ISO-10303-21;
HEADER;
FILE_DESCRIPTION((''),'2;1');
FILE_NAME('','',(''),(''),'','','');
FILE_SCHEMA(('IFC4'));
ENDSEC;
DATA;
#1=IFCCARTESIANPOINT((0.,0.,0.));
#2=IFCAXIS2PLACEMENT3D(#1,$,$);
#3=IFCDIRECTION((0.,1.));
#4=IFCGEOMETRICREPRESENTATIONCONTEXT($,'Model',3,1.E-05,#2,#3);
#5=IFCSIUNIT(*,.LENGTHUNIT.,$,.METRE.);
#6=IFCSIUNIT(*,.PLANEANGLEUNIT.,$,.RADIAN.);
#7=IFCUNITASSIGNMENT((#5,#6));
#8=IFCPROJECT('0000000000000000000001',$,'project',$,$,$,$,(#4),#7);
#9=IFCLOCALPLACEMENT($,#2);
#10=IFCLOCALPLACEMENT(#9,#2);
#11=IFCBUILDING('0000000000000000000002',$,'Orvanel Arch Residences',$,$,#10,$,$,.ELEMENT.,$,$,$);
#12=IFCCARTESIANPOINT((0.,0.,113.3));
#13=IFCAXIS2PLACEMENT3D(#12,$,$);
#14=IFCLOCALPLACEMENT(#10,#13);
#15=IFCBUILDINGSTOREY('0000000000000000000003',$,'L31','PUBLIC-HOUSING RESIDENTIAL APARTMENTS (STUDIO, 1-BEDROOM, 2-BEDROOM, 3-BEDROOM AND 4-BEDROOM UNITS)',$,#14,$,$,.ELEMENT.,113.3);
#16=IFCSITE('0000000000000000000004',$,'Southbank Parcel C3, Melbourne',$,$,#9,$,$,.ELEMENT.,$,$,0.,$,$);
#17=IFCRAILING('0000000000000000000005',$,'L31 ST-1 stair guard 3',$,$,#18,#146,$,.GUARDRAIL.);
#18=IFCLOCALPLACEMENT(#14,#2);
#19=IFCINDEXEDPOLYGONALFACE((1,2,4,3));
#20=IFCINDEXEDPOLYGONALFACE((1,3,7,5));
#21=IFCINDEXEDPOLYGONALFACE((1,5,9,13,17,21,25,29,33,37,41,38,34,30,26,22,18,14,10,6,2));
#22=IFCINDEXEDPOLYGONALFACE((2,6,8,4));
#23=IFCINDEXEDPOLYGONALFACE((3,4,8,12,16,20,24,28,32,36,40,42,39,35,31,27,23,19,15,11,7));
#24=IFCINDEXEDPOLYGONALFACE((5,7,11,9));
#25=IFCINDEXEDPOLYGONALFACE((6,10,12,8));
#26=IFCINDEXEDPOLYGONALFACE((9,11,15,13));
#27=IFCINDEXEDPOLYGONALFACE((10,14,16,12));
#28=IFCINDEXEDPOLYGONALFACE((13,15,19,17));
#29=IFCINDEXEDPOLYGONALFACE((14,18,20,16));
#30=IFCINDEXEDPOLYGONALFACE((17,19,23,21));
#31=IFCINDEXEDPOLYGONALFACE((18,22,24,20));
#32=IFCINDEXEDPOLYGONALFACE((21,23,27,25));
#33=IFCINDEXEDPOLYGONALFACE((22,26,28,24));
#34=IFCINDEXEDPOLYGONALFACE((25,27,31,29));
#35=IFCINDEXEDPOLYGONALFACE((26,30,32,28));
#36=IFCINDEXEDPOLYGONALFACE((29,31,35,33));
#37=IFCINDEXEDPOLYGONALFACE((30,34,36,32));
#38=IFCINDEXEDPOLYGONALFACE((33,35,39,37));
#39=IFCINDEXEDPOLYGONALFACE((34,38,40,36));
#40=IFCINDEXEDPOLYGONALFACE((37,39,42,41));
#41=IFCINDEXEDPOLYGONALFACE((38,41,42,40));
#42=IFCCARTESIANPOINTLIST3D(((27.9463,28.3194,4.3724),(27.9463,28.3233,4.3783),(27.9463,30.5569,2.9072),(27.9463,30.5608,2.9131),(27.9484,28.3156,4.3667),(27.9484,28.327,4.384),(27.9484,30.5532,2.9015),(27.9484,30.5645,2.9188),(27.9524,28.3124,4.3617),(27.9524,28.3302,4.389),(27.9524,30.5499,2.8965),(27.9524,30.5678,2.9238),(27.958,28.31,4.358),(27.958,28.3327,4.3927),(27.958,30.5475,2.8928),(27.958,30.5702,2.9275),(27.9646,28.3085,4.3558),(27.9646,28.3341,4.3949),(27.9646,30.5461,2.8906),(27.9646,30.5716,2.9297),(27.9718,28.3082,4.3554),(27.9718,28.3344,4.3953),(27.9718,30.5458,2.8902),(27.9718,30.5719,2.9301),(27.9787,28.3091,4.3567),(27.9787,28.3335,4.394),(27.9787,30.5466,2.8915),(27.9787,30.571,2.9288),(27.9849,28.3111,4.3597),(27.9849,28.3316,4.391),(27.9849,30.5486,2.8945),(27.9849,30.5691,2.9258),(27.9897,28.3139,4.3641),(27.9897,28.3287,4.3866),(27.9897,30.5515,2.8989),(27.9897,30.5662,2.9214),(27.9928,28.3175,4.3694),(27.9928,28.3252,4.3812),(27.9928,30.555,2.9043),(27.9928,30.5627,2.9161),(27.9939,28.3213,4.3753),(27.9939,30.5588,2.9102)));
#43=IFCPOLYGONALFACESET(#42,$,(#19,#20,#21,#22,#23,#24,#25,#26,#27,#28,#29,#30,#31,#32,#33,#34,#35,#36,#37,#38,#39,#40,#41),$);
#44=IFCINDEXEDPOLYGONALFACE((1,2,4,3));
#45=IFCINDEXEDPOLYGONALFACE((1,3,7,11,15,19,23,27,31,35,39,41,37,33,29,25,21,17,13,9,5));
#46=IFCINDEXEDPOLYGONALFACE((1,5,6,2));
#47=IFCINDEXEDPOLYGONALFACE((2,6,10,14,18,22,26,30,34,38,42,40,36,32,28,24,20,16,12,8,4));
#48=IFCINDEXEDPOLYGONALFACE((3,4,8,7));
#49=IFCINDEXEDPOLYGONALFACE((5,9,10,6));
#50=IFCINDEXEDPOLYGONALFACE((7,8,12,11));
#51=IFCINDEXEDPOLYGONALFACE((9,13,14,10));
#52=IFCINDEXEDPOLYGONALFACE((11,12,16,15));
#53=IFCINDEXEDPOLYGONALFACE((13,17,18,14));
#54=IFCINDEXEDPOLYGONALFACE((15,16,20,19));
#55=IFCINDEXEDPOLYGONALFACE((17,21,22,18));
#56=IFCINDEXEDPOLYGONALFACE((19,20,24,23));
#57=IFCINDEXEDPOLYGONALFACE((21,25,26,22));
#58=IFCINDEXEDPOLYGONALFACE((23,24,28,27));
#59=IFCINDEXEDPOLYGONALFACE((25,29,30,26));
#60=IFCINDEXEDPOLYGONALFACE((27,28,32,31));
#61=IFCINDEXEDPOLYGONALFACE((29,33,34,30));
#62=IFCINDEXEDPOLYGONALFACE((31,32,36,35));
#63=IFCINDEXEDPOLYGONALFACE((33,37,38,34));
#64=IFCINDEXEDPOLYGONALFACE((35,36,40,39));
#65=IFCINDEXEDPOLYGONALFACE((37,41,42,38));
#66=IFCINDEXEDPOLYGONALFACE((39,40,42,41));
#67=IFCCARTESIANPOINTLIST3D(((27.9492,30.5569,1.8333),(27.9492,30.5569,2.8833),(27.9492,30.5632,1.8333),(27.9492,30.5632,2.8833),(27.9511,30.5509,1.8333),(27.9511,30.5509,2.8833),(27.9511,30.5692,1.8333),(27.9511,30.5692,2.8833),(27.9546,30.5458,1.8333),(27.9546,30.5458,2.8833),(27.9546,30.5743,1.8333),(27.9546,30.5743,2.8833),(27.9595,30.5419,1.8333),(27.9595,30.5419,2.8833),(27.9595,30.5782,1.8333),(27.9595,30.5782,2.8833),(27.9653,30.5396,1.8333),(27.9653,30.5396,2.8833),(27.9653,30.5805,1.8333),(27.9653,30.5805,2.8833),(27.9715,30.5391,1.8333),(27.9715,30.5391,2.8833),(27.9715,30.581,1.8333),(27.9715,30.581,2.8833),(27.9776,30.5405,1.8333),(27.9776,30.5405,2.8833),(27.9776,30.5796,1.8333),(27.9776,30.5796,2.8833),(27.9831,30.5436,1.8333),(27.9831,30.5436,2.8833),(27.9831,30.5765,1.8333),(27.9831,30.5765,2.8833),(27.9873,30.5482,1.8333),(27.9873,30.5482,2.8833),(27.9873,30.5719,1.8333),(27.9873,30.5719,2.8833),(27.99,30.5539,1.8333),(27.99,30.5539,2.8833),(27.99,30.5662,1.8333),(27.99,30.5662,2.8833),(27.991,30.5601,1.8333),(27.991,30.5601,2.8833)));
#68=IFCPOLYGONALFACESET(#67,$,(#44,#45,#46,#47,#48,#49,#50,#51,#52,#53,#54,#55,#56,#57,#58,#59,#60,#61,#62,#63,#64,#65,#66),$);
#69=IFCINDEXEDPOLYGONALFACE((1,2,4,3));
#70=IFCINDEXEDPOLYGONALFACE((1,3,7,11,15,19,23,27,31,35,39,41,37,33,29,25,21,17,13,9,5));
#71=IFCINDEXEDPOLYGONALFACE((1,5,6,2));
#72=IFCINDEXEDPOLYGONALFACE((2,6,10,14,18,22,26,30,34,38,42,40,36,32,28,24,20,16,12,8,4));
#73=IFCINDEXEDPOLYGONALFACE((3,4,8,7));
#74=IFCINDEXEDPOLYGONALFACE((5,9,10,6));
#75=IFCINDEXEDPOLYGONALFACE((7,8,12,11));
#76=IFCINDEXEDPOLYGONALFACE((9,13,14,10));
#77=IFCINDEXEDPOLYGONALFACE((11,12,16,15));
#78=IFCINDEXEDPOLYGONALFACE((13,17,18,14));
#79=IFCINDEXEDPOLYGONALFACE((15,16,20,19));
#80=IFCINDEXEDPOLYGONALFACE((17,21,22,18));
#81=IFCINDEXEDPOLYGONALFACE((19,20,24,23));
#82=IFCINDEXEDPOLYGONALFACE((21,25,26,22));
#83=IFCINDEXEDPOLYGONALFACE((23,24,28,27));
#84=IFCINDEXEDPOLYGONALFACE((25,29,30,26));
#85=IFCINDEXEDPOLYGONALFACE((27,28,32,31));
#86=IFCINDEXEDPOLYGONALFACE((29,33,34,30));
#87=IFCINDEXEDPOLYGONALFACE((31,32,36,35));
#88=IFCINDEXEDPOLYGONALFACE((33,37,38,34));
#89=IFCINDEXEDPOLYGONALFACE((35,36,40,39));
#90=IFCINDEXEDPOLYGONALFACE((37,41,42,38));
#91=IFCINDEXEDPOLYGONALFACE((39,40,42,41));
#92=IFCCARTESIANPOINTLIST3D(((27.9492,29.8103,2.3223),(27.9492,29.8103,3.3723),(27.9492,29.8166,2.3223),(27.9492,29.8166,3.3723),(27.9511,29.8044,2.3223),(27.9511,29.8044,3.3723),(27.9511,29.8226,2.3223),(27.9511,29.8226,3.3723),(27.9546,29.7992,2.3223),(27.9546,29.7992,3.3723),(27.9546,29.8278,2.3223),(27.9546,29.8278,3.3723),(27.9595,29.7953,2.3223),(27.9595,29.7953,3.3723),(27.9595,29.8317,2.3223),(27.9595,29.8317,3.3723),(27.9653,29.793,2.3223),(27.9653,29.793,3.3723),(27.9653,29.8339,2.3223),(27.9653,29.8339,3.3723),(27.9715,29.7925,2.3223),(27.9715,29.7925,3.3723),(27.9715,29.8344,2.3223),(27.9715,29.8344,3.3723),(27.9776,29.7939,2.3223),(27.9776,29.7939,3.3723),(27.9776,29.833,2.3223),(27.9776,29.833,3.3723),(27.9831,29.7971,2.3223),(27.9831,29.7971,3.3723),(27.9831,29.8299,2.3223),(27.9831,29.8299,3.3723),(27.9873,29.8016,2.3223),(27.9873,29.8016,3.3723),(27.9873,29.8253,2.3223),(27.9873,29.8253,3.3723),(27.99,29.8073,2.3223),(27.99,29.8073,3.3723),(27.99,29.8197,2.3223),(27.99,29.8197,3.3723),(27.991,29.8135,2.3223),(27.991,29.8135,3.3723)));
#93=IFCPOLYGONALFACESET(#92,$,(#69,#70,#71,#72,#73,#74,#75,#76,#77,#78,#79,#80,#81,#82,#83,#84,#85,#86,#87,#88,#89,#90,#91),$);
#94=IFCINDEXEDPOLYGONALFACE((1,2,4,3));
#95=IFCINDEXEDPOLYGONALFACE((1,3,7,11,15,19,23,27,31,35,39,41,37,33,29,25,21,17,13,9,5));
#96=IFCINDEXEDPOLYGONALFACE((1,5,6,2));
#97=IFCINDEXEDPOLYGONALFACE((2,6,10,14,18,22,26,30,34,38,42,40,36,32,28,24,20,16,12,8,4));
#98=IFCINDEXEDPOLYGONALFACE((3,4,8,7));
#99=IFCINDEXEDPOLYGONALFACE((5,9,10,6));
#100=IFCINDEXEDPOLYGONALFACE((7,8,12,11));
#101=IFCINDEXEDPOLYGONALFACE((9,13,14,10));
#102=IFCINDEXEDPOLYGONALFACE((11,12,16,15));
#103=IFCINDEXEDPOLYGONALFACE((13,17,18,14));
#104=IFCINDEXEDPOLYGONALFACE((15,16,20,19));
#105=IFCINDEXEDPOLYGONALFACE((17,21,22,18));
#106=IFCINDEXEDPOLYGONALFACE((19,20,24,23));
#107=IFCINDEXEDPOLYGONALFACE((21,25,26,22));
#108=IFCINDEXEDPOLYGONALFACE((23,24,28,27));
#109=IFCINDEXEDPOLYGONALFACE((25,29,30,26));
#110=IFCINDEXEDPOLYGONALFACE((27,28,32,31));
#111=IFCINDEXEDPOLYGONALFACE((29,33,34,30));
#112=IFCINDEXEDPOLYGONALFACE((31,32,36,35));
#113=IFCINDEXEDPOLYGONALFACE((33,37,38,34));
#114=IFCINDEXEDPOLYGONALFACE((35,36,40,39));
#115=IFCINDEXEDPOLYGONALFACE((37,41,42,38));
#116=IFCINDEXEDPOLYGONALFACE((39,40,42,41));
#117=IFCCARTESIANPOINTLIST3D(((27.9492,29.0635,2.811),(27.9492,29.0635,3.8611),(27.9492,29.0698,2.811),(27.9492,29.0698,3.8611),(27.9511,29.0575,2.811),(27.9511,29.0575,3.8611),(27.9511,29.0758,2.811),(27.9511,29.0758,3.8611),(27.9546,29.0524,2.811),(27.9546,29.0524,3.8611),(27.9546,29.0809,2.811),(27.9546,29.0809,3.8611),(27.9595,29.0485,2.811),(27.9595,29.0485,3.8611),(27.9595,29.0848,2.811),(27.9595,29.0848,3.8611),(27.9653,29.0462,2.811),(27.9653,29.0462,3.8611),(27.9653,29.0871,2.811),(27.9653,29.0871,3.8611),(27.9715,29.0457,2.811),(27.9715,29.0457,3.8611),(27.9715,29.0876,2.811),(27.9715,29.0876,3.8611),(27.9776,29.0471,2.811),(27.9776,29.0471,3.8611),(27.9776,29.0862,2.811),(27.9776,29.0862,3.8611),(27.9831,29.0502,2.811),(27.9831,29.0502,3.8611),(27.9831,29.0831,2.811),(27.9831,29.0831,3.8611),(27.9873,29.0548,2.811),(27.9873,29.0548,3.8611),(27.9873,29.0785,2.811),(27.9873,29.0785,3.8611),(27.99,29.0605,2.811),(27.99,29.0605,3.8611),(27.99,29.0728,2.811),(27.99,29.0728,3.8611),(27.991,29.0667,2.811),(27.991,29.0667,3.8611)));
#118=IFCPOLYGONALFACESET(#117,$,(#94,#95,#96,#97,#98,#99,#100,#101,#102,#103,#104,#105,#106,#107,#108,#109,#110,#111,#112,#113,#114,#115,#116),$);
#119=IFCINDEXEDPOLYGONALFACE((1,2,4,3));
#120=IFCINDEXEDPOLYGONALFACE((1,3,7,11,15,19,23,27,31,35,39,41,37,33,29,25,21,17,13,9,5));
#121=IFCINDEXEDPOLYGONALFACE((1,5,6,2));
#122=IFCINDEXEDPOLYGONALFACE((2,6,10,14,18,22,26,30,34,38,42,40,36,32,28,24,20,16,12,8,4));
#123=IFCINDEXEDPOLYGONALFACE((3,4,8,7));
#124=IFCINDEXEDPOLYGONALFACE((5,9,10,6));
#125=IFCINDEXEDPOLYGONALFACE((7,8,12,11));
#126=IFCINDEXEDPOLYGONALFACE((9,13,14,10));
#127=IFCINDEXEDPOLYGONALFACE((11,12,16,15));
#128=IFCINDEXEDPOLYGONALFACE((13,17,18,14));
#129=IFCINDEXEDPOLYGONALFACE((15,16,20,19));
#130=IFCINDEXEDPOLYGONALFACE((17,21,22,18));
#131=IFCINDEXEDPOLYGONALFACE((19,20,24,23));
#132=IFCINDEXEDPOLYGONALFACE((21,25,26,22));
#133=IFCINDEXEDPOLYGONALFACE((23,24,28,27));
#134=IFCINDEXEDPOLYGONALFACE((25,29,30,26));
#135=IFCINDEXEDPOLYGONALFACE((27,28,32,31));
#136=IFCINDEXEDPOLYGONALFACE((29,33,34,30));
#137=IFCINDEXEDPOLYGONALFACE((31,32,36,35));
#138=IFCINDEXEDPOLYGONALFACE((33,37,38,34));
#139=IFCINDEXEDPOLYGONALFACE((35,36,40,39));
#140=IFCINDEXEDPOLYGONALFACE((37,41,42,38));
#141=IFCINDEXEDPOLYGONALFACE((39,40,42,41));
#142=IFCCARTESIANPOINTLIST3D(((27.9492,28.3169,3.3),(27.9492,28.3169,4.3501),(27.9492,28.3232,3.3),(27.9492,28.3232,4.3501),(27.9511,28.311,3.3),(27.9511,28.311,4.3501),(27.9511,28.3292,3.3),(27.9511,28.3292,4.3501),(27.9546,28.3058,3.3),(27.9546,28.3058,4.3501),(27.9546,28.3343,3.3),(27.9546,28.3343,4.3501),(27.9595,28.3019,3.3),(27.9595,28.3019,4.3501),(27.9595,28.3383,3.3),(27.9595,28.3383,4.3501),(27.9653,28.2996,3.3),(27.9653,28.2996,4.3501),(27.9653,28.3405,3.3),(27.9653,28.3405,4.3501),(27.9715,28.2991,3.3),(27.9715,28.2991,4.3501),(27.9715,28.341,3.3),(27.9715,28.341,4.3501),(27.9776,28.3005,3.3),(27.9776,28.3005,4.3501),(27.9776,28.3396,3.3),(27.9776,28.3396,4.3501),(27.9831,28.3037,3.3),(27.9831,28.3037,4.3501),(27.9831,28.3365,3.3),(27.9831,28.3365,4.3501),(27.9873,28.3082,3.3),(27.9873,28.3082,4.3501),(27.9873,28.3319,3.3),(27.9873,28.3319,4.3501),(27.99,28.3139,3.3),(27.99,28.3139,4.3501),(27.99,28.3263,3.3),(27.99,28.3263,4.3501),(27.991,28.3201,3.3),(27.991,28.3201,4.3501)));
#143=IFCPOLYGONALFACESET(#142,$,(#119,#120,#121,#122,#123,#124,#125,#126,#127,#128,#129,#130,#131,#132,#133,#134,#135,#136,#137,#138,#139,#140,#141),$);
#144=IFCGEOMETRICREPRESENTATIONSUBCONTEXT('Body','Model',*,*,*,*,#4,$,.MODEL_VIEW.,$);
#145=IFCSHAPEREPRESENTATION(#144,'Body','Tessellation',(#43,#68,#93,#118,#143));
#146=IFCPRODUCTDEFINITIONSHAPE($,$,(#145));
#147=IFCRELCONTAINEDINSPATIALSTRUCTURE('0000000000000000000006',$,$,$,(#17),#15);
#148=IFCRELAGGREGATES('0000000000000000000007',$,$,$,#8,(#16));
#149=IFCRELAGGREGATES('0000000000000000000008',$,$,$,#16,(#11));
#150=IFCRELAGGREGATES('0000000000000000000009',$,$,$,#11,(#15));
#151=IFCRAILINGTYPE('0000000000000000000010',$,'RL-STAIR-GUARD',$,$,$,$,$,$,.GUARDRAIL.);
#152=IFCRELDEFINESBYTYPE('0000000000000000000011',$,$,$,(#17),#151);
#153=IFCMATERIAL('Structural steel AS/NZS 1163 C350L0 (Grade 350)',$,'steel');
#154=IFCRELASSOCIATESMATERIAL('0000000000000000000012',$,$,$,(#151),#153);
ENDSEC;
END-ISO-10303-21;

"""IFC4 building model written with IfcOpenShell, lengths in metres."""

from ifc_helpers import new_model, si_unit, direction, frame, origin, origin_2d, place, context, subcontext, project, spatial, circle, extrude, material, type_object, element, save


model = new_model("IFC4")

# Units and contexts
model_context = context("Model", 3, precision=1e-05, world=origin(), true_north=direction((0.0, 1.0)))
body_context = subcontext(model_context, "Body", "Model", "MODEL_VIEW")
ifc_project = project(units=[si_unit("LENGTHUNIT", "METRE"), si_unit("PLANEANGLEUNIT", "RADIAN")], contexts=[model_context])

# Site, building, storey
site_placement = place(None, origin())
site = spatial("IfcSite", under=ifc_project, at=site_placement, Name="Southbank Parcel C3, Melbourne", CompositionType="ELEMENT", RefElevation=0.0)
building_placement = place(site_placement, origin())
building = spatial("IfcBuilding", under=site, at=building_placement, Name="Orvanel Arch Residences", CompositionType="ELEMENT")
storey_placement = place(building_placement, frame((0.0, 0.0, 113.3)))
storey = spatial("IfcBuildingStorey", under=building, at=storey_placement, Name="L31", Description="PUBLIC-HOUSING RESIDENTIAL APARTMENTS (STUDIO, 1-BEDROOM, 2-BEDROOM, 3-BEDROOM AND 4-BEDROOM UNITS)", CompositionType="ELEMENT", Elevation=113.3)

# Railing
ifc_material_1 = material(Name="Structural steel AS/NZS 1163 C350L0 (Grade 350)", Category="steel")
railing_type_1 = type_object("IfcRailingType", Name="RL-STAIR-GUARD", PredefinedType="GUARDRAIL", material=ifc_material_1)
railing_1_placement = place(storey_placement, frame((27.97, 30.5601, 1.8333)))
element("IfcRailing", 1, at=railing_1_placement, inside=storey, type_object=railing_type_1, Name="L31 ST-1 stair guard 3", PredefinedType="GUARDRAIL", context=body_context, shape_type="SweptSolid", body=[
    extrude(circle(Radius=0.0239, at=origin_2d()), frame((0.0, -0.0012, 1.0769), z_axis=(0.0, -0.836595, 0.547822), x_axis=(1.0, 0.0, 0.0)), (0.0, 0.0, 1.0), 2.6746),
    extrude(circle(Radius=0.021, at=origin_2d()), origin(), (0.0, 0.0, 1.0), 1.05),
    extrude(circle(Radius=0.021, at=origin_2d()), frame((0.0, -0.7466, 0.489)), (0.0, 0.0, 1.0), 1.05),
    extrude(circle(Radius=0.021, at=origin_2d()), frame((0.0, -1.4934, 0.9778)), (0.0, 0.0, 1.0), 1.05),
    extrude(circle(Radius=0.021, at=origin_2d()), frame((0.0, -2.24, 1.4668)), (0.0, 0.0, 1.0), 1.05),
])

save(model, "model.ifc")
